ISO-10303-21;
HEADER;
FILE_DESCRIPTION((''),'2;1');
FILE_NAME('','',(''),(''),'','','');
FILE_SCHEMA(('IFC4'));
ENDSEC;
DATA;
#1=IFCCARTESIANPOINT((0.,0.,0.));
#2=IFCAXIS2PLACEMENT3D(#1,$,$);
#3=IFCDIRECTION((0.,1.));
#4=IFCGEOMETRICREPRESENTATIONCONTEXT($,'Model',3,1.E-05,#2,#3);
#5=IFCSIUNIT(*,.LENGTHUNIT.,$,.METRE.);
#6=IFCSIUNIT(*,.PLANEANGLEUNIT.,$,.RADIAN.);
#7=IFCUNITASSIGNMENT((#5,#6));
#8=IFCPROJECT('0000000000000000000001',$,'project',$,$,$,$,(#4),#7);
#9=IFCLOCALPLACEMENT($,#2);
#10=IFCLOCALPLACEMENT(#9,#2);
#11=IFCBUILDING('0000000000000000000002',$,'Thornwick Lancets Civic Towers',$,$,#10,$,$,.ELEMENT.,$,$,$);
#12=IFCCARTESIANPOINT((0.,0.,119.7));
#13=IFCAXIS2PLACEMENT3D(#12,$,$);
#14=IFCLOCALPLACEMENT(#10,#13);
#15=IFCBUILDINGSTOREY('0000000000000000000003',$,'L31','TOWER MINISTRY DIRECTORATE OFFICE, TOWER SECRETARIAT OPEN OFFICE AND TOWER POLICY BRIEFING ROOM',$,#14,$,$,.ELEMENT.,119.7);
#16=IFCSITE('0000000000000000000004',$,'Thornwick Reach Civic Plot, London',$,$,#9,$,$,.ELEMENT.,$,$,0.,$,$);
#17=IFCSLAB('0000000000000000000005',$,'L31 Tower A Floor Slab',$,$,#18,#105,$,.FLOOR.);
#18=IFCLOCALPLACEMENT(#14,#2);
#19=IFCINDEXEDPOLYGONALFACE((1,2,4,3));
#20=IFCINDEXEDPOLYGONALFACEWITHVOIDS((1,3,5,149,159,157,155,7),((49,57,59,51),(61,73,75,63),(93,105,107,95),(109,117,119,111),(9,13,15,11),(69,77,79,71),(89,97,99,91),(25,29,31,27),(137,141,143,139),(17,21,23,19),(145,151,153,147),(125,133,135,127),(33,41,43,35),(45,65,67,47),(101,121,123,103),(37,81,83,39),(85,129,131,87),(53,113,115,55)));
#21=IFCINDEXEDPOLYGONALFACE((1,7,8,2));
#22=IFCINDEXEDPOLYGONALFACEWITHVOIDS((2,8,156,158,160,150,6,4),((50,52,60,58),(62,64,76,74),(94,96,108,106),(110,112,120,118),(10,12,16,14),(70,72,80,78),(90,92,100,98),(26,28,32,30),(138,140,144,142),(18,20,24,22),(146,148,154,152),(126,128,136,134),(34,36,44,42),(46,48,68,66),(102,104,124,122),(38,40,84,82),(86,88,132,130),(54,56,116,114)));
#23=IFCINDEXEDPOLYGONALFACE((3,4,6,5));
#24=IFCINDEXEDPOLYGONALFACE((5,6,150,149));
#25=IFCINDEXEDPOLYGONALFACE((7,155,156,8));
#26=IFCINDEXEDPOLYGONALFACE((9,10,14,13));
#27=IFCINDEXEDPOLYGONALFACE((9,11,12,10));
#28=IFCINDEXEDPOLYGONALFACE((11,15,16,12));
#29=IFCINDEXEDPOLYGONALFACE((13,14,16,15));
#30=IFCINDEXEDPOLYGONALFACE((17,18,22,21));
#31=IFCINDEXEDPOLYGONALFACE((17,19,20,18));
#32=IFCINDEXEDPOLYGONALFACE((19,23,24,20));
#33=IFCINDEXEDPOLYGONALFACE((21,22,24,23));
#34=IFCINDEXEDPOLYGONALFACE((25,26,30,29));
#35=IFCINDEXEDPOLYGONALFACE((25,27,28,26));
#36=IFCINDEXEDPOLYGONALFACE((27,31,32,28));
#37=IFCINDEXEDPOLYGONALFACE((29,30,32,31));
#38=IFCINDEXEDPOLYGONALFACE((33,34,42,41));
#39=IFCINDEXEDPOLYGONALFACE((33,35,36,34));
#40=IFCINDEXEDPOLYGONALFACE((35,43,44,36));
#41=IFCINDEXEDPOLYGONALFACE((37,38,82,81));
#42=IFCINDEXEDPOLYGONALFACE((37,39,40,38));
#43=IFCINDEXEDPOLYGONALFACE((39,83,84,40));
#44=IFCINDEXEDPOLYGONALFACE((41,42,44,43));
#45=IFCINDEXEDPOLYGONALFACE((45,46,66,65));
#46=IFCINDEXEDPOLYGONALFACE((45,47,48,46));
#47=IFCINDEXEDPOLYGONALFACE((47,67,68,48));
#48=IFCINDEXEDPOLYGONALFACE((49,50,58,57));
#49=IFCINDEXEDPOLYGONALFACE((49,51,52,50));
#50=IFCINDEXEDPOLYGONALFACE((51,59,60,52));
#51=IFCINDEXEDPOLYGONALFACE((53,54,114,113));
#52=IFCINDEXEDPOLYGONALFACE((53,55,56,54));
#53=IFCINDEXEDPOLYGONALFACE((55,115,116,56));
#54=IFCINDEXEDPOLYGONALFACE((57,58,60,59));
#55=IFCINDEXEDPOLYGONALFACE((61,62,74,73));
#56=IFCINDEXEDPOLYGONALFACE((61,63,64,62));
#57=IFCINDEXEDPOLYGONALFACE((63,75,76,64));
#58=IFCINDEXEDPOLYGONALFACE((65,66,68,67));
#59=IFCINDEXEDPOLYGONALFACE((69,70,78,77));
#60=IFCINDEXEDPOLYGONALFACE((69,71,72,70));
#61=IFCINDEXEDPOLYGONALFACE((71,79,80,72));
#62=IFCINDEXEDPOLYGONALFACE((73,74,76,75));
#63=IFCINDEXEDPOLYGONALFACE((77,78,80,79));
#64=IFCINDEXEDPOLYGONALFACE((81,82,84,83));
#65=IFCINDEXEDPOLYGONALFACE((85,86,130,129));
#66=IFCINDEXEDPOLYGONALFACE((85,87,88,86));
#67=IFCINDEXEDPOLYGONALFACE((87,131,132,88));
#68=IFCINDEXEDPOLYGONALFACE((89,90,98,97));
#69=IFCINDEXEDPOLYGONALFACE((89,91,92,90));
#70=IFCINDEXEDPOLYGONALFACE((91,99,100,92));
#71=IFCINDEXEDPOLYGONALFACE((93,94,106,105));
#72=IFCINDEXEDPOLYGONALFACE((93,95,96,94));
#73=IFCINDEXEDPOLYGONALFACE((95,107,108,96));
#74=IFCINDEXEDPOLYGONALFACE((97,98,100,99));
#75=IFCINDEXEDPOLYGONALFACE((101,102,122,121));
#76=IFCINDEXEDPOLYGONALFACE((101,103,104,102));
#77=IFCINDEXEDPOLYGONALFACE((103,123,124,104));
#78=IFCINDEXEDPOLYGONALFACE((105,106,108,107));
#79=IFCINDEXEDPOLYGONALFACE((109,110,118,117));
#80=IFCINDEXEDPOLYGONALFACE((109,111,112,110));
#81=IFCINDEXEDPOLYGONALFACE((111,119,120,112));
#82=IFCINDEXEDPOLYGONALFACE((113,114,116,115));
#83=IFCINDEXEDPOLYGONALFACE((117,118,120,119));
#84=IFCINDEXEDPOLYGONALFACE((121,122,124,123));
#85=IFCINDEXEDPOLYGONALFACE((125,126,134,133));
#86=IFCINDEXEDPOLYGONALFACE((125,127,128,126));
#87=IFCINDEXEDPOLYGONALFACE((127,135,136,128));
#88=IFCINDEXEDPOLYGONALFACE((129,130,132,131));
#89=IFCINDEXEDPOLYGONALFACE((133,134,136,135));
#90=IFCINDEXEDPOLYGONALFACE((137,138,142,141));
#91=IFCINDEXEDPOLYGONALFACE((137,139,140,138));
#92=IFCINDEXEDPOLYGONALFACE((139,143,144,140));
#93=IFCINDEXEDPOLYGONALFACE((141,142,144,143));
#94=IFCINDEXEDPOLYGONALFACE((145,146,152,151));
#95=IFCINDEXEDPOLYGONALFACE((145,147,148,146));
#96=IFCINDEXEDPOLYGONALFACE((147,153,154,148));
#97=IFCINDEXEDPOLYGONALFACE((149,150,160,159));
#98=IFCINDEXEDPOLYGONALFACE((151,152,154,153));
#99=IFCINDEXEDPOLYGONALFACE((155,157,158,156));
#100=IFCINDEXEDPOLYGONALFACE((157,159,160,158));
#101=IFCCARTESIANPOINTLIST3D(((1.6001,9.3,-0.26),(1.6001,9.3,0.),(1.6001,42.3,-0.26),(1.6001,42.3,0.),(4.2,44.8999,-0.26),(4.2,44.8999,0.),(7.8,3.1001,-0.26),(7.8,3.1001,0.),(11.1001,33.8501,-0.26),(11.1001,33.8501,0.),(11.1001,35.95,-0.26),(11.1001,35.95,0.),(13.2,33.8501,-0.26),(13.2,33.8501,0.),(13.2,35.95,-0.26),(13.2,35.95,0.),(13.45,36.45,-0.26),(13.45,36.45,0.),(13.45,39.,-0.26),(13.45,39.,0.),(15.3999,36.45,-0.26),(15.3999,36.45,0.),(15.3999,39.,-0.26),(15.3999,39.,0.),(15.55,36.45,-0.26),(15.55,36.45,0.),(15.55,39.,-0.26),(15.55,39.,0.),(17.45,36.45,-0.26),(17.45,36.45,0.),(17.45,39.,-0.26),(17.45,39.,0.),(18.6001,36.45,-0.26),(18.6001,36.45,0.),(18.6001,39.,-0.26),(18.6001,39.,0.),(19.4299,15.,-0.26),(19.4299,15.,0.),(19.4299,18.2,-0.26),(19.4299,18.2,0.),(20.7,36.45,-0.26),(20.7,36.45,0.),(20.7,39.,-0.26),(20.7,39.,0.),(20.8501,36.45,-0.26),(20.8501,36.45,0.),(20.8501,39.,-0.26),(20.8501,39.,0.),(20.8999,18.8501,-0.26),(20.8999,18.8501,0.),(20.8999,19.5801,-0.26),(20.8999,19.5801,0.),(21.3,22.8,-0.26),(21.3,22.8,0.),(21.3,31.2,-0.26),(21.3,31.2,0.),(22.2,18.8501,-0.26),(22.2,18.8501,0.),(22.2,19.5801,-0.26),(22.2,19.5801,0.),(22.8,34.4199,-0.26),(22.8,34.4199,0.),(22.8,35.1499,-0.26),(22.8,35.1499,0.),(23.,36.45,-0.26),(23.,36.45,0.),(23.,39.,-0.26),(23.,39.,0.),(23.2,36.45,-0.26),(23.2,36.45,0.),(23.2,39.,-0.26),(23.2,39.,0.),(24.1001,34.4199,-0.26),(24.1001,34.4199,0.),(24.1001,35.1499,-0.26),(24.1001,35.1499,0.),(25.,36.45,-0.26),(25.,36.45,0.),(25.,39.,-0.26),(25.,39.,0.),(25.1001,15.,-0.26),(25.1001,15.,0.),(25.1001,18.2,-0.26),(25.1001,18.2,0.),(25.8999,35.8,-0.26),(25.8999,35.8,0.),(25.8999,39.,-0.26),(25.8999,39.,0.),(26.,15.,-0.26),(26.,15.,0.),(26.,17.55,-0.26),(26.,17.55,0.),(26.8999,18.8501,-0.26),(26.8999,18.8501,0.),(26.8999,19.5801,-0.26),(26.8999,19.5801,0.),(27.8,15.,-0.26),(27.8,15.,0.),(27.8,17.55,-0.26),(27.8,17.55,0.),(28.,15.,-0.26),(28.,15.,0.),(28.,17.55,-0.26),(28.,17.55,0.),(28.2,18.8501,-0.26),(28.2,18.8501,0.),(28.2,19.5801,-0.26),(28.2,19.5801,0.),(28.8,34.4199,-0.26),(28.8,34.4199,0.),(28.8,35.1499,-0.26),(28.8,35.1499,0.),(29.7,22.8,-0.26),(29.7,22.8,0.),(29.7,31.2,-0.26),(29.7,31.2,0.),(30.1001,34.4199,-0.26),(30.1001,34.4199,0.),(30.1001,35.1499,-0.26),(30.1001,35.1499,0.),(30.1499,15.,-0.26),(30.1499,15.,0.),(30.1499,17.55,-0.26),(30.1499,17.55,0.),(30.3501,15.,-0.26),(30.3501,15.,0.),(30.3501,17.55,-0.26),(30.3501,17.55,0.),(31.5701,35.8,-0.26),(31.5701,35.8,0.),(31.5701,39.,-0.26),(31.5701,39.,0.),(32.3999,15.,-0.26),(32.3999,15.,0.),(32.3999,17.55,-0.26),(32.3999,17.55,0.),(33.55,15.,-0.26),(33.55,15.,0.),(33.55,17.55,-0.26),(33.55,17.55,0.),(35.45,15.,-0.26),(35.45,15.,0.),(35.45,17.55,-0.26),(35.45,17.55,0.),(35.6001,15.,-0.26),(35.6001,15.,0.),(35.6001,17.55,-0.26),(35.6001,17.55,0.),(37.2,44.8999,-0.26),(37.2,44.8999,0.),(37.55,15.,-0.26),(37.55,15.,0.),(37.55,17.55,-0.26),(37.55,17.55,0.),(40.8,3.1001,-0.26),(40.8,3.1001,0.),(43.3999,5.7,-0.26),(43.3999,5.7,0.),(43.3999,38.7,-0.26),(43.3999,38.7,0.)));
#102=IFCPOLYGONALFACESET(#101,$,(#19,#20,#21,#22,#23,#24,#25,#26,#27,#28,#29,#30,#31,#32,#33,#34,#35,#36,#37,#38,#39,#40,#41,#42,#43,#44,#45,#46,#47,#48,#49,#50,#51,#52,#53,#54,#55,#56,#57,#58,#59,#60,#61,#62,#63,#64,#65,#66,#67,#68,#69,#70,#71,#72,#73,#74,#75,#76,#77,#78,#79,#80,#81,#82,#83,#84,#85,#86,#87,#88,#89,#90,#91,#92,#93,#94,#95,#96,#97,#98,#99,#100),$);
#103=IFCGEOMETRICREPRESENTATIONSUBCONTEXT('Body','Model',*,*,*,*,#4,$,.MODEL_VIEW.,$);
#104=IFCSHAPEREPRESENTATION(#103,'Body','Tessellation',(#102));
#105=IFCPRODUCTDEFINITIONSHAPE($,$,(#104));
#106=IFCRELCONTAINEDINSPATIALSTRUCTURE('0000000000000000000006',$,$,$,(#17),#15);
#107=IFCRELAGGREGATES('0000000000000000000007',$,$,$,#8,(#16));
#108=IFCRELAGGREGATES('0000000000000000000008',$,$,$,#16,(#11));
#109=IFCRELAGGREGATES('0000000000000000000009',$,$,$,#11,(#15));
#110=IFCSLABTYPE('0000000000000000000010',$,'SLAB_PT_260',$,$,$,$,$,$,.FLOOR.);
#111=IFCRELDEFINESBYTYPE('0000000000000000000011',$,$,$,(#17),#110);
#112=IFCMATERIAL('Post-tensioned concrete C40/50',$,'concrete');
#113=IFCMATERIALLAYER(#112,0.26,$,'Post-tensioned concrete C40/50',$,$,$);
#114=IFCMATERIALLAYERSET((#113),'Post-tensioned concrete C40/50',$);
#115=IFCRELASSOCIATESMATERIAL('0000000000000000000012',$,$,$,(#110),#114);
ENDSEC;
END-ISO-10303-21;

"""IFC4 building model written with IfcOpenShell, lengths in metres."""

from ifc_helpers import new_model, si_unit, direction, frame, origin, place, context, subcontext, project, spatial, polyline, outline, extrude, material, layer, layer_set, type_object, element, save


model = new_model("IFC4")

# Units and contexts
model_context = context("Model", 3, precision=1e-05, world=origin(), true_north=direction((0.0, 1.0)))
body_context = subcontext(model_context, "Body", "Model", "MODEL_VIEW")
ifc_project = project(units=[si_unit("LENGTHUNIT", "METRE"), si_unit("PLANEANGLEUNIT", "RADIAN")], contexts=[model_context])

# Site, building, storey
site_placement = place(None, origin())
site = spatial("IfcSite", under=ifc_project, at=site_placement, Name="Thornwick Reach Civic Plot, London", CompositionType="ELEMENT", RefElevation=0.0)
building_placement = place(site_placement, origin())
building = spatial("IfcBuilding", under=site, at=building_placement, Name="Thornwick Lancets Civic Towers", CompositionType="ELEMENT")
storey_placement = place(building_placement, frame((0.0, 0.0, 119.7)))
storey = spatial("IfcBuildingStorey", under=building, at=storey_placement, Name="L31", Description="TOWER MINISTRY DIRECTORATE OFFICE, TOWER SECRETARIAT OPEN OFFICE AND TOWER POLICY BRIEFING ROOM", CompositionType="ELEMENT", Elevation=119.7)

# Slab
ifc_material_1 = material(Name="Post-tensioned concrete C40/50", Category="concrete")
ifc_layer_1 = layer(ifc_material_1, 0.26, Name="Post-tensioned concrete C40/50")
ifc_layer_set_1 = layer_set([ifc_layer_1], Name="Post-tensioned concrete C40/50")
slab_type_1 = type_object("IfcSlabType", Name="SLAB_PT_260", PredefinedType="FLOOR", material=ifc_layer_set_1)
slab_1_placement = place(storey_placement, frame((0.0, 0.0, -0.26)))
element("IfcSlab", 1, at=slab_1_placement, inside=storey, type_object=slab_type_1, Name="L31 Tower A Floor Slab", PredefinedType="FLOOR", context=body_context, shape_type="SweptSolid", body=[
    extrude(outline(polyline([(7.8, 3.1001), (40.8, 3.1001), (43.3999, 5.7), (43.3999, 38.7), (37.2, 44.8999), (4.2, 44.8999), (1.6001, 42.3), (1.6001, 9.3), (7.8, 3.1001)]), holes=[polyline([(21.3, 22.8), (29.7, 22.8), (29.7, 31.2), (21.3, 31.2), (21.3, 22.8)]), polyline([(19.4299, 15.0), (25.1001, 15.0), (25.1001, 18.2), (19.4299, 18.2), (19.4299, 15.0)]), polyline([(31.5701, 39.0), (25.8999, 39.0), (25.8999, 35.8), (31.5701, 35.8), (31.5701, 39.0)]), polyline([(26.0, 15.0), (27.8, 15.0), (27.8, 17.55), (26.0, 17.55), (26.0, 15.0)]), polyline([(28.0, 15.0), (30.1499, 15.0), (30.1499, 17.55), (28.0, 17.55), (28.0, 15.0)]), polyline([(30.3501, 15.0), (32.3999, 15.0), (32.3999, 17.55), (30.3501, 17.55), (30.3501, 15.0)]), polyline([(33.55, 15.0), (35.45, 15.0), (35.45, 17.55), (33.55, 17.55), (33.55, 15.0)]), polyline([(35.6001, 15.0), (37.55, 15.0), (37.55, 17.55), (35.6001, 17.55), (35.6001, 15.0)]), polyline([(23.2, 36.45), (25.0, 36.45), (25.0, 39.0), (23.2, 39.0), (23.2, 36.45)]), polyline([(20.8501, 36.45), (23.0, 36.45), (23.0, 39.0), (20.8501, 39.0), (20.8501, 36.45)]), polyline([(18.6001, 36.45), (20.7, 36.45), (20.7, 39.0), (18.6001, 39.0), (18.6001, 36.45)]), polyline([(15.55, 36.45), (17.45, 36.45), (17.45, 39.0), (15.55, 39.0), (15.55, 36.45)]), polyline([(13.45, 36.45), (15.3999, 36.45), (15.3999, 39.0), (13.45, 39.0), (13.45, 36.45)]), polyline([(11.1001, 33.8501), (13.2, 33.8501), (13.2, 35.95), (11.1001, 35.95), (11.1001, 33.8501)]), polyline([(26.8999, 18.8501), (28.2, 18.8501), (28.2, 19.5801), (26.8999, 19.5801), (26.8999, 18.8501)]), polyline([(20.8999, 18.8501), (22.2, 18.8501), (22.2, 19.5801), (20.8999, 19.5801), (20.8999, 18.8501)]), polyline([(22.8, 34.4199), (24.1001, 34.4199), (24.1001, 35.1499), (22.8, 35.1499), (22.8, 34.4199)]), polyline([(28.8, 34.4199), (30.1001, 34.4199), (30.1001, 35.1499), (28.8, 35.1499), (28.8, 34.4199)])]), origin(), (0.0, 0.0, 1.0), 0.26),
])

save(model, "model.ifc")
